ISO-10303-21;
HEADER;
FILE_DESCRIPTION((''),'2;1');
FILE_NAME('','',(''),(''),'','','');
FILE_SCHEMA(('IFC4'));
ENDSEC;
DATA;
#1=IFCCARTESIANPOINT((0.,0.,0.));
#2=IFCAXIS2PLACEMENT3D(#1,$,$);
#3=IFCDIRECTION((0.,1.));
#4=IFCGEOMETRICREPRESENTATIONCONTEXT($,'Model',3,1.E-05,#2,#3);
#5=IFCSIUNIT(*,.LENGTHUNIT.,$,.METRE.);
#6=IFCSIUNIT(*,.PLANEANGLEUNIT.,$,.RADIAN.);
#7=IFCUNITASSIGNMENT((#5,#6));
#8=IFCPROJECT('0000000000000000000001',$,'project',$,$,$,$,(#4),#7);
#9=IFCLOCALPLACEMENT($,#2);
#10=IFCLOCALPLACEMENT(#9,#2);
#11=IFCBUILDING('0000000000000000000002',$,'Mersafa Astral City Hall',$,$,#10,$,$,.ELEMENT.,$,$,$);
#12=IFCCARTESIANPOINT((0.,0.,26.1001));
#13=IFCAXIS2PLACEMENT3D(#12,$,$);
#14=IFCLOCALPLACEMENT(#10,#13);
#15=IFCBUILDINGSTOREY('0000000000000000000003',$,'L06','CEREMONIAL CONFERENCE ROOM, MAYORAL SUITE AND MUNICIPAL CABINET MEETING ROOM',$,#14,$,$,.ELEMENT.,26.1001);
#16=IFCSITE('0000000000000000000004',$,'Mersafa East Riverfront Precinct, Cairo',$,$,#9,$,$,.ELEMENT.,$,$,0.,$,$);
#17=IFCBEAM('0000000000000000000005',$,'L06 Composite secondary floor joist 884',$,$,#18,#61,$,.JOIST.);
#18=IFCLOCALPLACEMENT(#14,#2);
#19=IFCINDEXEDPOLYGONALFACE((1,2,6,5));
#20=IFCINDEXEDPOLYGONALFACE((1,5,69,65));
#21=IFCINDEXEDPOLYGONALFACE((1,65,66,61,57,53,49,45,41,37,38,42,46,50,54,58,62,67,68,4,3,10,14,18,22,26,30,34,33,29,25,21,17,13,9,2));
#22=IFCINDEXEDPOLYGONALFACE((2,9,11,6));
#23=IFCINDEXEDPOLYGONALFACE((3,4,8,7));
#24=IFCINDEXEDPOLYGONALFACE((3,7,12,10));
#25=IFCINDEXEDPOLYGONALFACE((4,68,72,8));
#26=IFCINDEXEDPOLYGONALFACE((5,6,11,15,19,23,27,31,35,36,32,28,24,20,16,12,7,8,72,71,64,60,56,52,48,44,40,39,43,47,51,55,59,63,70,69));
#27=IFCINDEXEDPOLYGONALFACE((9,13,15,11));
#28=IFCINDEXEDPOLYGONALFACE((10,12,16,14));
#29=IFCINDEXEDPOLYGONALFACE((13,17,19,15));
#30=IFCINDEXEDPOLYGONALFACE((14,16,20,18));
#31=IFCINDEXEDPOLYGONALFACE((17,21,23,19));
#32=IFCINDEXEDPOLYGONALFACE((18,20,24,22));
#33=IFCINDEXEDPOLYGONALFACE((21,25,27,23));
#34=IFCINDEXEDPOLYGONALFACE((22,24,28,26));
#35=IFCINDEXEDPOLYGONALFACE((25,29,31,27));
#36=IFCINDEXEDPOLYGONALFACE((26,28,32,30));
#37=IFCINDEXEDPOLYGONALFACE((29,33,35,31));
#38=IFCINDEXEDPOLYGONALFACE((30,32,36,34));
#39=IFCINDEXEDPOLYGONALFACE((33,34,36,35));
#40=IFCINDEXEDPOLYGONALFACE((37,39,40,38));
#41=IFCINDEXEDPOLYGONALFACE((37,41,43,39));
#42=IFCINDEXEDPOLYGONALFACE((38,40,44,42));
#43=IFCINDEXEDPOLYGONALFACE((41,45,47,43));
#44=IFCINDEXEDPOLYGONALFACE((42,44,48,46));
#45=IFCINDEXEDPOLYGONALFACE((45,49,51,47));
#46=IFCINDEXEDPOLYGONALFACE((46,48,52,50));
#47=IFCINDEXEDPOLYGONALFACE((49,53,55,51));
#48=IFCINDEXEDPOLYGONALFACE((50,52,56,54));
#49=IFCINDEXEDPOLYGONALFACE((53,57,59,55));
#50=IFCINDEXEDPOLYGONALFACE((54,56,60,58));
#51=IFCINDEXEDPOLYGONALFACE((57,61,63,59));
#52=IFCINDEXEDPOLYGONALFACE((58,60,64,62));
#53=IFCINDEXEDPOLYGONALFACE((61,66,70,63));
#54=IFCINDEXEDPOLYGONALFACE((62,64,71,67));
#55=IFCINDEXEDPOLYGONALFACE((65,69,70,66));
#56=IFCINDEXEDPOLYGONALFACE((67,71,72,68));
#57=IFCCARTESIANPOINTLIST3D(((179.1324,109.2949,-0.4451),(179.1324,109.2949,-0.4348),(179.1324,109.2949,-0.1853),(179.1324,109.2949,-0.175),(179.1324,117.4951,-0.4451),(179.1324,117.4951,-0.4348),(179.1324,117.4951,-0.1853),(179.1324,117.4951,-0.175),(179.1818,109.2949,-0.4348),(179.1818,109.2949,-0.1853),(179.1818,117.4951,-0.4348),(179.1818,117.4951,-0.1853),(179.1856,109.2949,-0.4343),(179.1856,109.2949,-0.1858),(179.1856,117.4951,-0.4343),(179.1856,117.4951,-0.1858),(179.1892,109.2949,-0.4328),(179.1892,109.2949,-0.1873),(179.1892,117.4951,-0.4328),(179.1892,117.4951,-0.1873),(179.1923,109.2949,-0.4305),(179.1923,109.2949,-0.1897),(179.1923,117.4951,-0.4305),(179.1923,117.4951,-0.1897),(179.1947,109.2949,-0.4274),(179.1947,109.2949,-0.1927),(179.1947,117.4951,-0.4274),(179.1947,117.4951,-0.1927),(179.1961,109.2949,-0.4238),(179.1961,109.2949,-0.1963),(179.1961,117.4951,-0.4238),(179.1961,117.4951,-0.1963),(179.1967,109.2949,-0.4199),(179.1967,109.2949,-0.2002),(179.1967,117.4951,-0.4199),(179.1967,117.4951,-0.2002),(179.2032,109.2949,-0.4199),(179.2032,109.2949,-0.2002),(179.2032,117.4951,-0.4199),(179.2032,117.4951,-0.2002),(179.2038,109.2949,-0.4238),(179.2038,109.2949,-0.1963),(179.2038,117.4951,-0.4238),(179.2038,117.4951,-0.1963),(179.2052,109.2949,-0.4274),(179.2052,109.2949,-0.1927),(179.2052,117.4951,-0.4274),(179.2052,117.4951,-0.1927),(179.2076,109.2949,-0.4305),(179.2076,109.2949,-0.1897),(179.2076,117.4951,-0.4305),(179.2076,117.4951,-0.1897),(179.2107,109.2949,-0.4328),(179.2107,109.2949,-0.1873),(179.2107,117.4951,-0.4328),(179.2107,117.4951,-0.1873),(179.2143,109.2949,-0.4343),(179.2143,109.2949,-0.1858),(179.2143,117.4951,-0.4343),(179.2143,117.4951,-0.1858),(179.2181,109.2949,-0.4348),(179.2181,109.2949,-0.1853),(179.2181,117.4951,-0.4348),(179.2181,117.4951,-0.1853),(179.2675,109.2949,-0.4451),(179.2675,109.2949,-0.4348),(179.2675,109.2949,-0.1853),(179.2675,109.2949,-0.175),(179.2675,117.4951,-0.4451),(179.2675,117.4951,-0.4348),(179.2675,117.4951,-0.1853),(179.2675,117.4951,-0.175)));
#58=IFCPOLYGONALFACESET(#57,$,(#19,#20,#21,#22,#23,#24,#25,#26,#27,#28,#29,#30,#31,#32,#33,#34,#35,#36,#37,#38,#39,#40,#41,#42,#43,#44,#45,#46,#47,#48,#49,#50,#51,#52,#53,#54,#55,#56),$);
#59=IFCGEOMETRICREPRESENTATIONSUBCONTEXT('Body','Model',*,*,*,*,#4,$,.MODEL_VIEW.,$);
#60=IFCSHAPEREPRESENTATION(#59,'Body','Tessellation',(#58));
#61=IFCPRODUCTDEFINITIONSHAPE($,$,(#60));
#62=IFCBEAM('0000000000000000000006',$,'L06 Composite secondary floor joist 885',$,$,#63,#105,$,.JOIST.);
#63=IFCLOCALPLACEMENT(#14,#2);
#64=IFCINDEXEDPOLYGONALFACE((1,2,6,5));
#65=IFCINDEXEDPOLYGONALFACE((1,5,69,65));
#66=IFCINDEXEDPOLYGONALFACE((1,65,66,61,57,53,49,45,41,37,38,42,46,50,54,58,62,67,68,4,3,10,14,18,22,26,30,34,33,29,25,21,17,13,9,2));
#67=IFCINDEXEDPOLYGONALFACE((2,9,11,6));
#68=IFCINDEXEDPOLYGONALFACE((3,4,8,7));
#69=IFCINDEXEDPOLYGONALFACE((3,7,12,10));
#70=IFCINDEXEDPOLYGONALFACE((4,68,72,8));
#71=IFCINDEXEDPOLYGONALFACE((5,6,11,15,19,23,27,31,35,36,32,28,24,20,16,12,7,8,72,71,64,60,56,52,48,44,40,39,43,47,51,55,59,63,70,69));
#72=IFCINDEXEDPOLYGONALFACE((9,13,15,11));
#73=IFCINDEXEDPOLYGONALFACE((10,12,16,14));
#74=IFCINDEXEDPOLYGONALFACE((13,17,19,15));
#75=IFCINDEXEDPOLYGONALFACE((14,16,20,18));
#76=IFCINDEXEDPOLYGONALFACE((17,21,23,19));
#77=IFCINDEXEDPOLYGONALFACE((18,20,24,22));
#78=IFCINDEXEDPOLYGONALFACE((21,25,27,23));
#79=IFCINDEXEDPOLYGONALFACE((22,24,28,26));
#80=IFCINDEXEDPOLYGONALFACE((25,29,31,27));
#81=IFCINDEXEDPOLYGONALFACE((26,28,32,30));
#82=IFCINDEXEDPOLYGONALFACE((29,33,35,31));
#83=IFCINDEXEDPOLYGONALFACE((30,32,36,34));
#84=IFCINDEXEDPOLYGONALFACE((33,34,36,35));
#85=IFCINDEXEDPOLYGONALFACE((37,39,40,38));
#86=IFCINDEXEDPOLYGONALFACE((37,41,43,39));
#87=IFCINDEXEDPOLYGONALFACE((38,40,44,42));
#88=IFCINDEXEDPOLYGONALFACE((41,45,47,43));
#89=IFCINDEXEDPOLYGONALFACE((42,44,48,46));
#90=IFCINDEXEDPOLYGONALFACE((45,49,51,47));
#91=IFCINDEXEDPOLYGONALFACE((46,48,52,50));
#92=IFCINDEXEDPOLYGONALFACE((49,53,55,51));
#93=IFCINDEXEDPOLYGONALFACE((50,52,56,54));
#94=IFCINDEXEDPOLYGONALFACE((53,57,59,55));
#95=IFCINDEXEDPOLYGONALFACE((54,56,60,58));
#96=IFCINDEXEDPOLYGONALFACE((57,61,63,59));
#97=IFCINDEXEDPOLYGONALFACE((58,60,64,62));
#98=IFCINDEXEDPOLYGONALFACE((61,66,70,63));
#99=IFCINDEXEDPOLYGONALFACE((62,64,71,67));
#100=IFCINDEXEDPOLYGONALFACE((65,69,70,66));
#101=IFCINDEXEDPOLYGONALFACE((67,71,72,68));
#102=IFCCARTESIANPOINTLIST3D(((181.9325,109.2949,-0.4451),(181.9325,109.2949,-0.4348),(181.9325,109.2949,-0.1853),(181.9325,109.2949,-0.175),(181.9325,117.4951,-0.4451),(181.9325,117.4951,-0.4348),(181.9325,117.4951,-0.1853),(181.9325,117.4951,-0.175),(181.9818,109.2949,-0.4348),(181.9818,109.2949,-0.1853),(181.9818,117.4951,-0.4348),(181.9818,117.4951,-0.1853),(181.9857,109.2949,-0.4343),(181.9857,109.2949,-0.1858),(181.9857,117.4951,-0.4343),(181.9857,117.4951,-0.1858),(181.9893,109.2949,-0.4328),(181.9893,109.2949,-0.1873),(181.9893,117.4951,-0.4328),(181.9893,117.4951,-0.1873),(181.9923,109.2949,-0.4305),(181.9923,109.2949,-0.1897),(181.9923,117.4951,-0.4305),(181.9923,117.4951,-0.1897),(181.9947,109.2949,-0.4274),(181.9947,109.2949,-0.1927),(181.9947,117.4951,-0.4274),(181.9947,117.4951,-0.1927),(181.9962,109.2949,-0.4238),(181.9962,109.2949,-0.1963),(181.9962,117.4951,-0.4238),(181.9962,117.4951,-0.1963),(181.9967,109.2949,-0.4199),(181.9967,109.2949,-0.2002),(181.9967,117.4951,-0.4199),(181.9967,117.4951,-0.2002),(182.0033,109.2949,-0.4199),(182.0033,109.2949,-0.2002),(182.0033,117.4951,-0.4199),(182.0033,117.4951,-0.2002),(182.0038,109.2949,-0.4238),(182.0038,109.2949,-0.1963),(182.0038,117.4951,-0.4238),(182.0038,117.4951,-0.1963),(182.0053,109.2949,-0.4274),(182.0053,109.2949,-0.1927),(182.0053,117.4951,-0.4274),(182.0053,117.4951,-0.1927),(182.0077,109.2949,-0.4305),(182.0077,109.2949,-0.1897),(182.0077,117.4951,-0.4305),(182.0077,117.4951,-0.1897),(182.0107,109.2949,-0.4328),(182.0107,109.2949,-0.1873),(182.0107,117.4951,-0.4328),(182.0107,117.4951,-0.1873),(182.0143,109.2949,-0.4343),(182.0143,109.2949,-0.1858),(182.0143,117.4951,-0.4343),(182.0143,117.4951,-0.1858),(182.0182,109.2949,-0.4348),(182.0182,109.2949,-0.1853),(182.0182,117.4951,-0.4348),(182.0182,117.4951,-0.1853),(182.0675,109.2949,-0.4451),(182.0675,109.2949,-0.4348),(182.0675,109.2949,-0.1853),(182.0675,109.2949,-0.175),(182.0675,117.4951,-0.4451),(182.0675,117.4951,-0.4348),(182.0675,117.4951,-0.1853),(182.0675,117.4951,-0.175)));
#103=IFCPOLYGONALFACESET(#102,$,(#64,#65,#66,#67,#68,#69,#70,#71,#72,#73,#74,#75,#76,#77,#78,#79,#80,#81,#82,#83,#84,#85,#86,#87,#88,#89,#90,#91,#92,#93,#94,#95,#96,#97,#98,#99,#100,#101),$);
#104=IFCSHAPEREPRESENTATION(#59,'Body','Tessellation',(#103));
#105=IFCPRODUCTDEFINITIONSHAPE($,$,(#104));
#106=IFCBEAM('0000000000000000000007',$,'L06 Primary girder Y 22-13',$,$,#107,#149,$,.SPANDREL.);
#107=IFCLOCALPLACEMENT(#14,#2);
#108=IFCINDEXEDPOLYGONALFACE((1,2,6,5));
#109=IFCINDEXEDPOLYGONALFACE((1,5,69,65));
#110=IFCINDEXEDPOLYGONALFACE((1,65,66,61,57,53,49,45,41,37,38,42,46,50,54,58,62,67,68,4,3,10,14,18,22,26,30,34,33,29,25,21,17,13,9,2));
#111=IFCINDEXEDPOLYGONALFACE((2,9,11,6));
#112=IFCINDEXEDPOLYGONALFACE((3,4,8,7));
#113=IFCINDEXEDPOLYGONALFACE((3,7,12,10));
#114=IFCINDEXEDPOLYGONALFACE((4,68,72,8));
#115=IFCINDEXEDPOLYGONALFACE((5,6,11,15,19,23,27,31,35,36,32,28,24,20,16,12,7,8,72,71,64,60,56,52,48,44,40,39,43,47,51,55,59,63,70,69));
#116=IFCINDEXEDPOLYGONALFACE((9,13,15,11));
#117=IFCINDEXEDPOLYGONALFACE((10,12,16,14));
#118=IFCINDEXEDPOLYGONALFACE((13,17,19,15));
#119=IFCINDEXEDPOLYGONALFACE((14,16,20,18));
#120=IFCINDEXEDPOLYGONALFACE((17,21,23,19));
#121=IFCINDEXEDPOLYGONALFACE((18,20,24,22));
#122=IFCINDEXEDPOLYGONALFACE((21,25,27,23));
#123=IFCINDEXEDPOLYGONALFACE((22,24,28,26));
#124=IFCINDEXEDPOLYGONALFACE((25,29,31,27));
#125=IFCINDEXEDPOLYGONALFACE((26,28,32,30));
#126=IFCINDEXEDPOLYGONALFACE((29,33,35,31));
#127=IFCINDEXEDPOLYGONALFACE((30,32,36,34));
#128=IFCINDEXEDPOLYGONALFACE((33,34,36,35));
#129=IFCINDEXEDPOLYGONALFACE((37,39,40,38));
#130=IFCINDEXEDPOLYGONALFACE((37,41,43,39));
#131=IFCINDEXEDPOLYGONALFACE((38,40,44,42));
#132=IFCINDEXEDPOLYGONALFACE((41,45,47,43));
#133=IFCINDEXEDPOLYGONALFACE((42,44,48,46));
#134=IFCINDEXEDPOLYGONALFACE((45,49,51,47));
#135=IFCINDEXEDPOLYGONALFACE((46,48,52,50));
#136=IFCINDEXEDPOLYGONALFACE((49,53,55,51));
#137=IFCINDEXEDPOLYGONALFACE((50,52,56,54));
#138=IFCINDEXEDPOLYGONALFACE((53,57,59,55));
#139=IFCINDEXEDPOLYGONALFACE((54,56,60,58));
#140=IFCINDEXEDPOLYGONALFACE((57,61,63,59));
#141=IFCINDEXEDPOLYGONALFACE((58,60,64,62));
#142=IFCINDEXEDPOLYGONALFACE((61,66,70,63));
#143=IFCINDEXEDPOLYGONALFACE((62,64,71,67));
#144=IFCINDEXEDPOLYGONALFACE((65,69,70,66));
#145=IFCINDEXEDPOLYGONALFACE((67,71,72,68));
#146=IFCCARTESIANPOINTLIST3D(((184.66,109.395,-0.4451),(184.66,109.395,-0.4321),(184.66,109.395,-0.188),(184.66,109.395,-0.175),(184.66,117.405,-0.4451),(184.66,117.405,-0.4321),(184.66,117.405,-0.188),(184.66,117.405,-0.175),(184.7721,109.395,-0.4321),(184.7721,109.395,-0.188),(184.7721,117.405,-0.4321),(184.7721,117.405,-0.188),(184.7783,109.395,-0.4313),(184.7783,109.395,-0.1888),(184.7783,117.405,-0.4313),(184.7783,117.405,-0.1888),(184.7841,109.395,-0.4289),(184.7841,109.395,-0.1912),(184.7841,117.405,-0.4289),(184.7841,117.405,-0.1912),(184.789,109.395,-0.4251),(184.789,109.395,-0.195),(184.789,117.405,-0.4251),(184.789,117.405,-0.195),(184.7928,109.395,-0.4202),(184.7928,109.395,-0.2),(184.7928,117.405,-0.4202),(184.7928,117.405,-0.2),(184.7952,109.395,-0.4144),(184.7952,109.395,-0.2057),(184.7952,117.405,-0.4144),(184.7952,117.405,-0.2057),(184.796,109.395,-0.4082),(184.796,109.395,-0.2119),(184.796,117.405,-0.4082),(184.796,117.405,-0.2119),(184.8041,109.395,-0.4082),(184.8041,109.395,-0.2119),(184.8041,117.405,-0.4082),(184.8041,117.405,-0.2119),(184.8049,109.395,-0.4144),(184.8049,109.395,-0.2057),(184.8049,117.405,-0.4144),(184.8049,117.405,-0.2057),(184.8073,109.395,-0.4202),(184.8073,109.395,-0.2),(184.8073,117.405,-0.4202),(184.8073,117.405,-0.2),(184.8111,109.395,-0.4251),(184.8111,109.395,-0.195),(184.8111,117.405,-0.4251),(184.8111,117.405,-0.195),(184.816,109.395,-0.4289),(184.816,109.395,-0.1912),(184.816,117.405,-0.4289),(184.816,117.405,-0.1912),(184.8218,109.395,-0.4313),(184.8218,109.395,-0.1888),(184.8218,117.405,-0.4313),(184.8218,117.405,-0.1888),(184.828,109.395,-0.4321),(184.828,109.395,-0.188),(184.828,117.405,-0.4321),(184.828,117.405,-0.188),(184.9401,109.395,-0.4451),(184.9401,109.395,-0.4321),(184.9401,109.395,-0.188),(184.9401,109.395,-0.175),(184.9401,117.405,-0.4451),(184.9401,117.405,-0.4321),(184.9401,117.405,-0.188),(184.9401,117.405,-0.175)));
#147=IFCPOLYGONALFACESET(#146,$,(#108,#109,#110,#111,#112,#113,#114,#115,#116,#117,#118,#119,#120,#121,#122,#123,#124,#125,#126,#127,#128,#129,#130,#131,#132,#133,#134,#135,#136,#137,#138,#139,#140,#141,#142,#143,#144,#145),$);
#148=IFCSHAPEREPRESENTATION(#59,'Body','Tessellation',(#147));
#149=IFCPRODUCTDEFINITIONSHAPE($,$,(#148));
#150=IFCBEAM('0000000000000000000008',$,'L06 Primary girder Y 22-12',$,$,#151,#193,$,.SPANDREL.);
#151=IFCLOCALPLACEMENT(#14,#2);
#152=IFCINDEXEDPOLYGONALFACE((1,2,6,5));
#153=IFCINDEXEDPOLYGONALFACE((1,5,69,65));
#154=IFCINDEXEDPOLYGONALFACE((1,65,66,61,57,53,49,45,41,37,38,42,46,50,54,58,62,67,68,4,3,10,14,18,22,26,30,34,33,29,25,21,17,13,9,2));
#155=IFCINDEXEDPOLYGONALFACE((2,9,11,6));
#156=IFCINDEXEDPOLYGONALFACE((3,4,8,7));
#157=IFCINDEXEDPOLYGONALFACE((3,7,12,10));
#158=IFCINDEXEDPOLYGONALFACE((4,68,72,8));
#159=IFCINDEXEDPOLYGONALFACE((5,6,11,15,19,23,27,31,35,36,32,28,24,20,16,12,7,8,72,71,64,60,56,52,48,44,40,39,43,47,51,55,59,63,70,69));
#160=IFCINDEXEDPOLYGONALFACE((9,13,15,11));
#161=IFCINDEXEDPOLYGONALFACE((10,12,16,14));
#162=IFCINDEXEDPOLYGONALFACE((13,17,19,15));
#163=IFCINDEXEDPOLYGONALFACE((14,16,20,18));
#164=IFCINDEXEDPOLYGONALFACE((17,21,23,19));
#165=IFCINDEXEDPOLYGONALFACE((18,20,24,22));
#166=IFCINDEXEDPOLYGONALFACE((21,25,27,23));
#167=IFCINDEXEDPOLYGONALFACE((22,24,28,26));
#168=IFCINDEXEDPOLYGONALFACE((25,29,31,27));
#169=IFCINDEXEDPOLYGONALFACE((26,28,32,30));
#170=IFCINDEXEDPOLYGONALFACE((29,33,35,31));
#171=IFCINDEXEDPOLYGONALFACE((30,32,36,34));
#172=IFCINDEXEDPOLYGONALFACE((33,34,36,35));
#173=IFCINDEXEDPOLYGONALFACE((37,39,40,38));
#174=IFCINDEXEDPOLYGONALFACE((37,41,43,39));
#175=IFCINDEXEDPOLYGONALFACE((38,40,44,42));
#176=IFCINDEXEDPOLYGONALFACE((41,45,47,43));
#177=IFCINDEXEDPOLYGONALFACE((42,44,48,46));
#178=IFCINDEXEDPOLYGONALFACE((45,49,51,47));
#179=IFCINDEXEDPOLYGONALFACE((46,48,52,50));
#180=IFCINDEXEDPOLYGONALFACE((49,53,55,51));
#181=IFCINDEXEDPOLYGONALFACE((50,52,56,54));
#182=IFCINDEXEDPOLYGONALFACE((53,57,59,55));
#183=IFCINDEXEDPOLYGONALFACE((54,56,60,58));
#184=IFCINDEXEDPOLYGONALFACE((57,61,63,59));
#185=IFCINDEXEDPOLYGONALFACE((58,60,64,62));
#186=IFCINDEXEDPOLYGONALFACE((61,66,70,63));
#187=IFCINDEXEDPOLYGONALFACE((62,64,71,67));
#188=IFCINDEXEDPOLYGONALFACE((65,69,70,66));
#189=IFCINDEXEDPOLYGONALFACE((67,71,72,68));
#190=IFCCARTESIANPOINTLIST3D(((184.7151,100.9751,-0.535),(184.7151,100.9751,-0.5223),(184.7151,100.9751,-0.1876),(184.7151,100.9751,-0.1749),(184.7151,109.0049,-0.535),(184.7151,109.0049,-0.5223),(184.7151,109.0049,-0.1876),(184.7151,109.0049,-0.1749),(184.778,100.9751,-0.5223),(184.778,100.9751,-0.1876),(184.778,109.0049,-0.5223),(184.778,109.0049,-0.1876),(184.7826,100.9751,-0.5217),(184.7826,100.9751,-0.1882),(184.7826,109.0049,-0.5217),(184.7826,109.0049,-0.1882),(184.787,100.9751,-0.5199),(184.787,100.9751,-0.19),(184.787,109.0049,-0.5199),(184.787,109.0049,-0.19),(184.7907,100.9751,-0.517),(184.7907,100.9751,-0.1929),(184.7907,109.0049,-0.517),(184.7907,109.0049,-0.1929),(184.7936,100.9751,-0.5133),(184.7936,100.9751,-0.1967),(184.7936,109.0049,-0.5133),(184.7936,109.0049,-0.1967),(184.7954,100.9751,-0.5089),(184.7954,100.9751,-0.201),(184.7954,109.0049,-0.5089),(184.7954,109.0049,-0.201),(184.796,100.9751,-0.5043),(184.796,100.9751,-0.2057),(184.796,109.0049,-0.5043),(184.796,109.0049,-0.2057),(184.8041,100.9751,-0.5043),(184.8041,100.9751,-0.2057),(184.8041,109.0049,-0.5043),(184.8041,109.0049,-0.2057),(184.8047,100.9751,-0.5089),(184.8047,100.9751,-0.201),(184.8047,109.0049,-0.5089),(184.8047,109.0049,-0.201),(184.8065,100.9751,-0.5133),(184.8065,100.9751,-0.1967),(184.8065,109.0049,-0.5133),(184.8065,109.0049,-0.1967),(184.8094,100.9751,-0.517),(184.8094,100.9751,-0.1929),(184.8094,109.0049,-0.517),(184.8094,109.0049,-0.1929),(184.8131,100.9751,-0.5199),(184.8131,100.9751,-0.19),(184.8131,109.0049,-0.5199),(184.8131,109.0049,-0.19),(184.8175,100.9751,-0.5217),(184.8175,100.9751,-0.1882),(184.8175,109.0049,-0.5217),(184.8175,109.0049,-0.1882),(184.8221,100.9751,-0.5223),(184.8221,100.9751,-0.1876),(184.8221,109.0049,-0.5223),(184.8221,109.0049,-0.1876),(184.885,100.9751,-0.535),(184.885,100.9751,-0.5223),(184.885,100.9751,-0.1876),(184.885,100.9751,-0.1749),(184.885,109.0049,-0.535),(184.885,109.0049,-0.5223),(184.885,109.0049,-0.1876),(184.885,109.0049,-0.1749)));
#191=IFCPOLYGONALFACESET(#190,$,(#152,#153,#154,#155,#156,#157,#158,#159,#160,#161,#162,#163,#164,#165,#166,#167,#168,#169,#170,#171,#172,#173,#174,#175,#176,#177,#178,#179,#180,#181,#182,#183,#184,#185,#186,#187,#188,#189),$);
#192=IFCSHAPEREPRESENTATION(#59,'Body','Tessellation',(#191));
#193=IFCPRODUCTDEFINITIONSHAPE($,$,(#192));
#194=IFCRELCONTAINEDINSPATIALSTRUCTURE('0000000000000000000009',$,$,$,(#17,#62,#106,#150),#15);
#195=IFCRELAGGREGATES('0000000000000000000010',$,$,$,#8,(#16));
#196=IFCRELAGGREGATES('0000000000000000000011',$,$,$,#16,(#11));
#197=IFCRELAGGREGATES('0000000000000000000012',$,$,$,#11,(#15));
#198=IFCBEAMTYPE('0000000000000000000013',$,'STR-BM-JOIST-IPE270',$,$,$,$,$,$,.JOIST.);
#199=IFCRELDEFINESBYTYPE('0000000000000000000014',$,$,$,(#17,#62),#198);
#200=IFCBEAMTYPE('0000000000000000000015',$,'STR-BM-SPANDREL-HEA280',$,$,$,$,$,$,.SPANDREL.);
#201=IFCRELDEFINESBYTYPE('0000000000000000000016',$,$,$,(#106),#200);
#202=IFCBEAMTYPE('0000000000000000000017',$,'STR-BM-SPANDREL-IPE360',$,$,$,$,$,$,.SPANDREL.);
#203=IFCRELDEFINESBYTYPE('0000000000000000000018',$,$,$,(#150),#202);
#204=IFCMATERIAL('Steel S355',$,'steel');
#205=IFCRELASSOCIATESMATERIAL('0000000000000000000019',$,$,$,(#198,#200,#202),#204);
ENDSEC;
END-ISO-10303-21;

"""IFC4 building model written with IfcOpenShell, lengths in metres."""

from ifc_helpers import new_model, si_unit, direction, frame, origin, origin_2d, place, context, subcontext, project, spatial, i_section, extrude, material, material_profile, profile_set, type_object, element, save


model = new_model("IFC4")

# Units and contexts
model_context = context("Model", 3, precision=1e-05, world=origin(), true_north=direction((0.0, 1.0)))
body_context = subcontext(model_context, "Body", "Model", "MODEL_VIEW")
ifc_project = project(units=[si_unit("LENGTHUNIT", "METRE"), si_unit("PLANEANGLEUNIT", "RADIAN")], contexts=[model_context])

# Site, building, storey
site_placement = place(None, origin())
site = spatial("IfcSite", under=ifc_project, at=site_placement, Name="Mersafa East Riverfront Precinct, Cairo", CompositionType="ELEMENT", RefElevation=0.0)
building_placement = place(site_placement, origin())
building = spatial("IfcBuilding", under=site, at=building_placement, Name="Mersafa Astral City Hall", CompositionType="ELEMENT")
storey_placement = place(building_placement, frame((0.0, 0.0, 26.1001)))
storey = spatial("IfcBuildingStorey", under=building, at=storey_placement, Name="L06", Description="CEREMONIAL CONFERENCE ROOM, MAYORAL SUITE AND MUNICIPAL CABINET MEETING ROOM", CompositionType="ELEMENT", Elevation=26.1001)

# Shared definitions
ifc_material_1 = material(Name="Steel S355", Category="steel")

# Beams
ifc_material_profile_1 = material_profile(ifc_material_1, i_section(OverallWidth=0.135, OverallDepth=0.27, WebThickness=0.0066, FlangeThickness=0.0103, FilletRadius=0.0149, at=origin_2d()), Name="IPE 270")
ifc_profile_set_1 = profile_set([ifc_material_profile_1], Name="Steel S355")
beam_type_1 = type_object("IfcBeamType", Name="STR-BM-JOIST-IPE270", PredefinedType="JOIST", material=ifc_profile_set_1)
for number, where, z_axis, x_axis, name in (
    (1, (179.2, 109.2949, -0.3101), (0.0, 1.0, 0.0), (-1.0, 0.0, 0.0), "L06 Composite secondary floor joist 884"),
    (2, (182.0, 109.2949, -0.3101), (0.0, 1.0, 0.0), (-1.0, 0.0, 0.0), "L06 Composite secondary floor joist 885"),
):
    element("IfcBeam", number, at=place(storey_placement, frame(where, z_axis=z_axis, x_axis=x_axis)), inside=storey, type_object=beam_type_1, Name=name, PredefinedType="JOIST", context=body_context, shape_type="SweptSolid", body=[
        extrude(i_section(OverallWidth=0.135, OverallDepth=0.27, WebThickness=0.0066, FlangeThickness=0.0103, FilletRadius=0.0149, at=origin_2d()), origin(), (0.0, 0.0, 1.0), 8.2002),
    ])
ifc_material_profile_2 = material_profile(ifc_material_1, i_section(OverallWidth=0.28, OverallDepth=0.27, WebThickness=0.0081, FlangeThickness=0.0129, FilletRadius=0.0239, at=origin_2d()), Name="HEA 280")
ifc_profile_set_2 = profile_set([ifc_material_profile_2], Name="Steel S355")
beam_type_2 = type_object("IfcBeamType", Name="STR-BM-SPANDREL-HEA280", PredefinedType="SPANDREL", material=ifc_profile_set_2)
beam_1_placement = place(storey_placement, frame((184.8, 109.395, -0.3101), z_axis=(0.0, 1.0, 0.0), x_axis=(-1.0, 0.0, 0.0)))
element("IfcBeam", 3, at=beam_1_placement, inside=storey, type_object=beam_type_2, Name="L06 Primary girder Y 22-13", PredefinedType="SPANDREL", context=body_context, shape_type="SweptSolid", body=[
    extrude(i_section(OverallWidth=0.28, OverallDepth=0.27, WebThickness=0.0081, FlangeThickness=0.0129, FilletRadius=0.0239, at=origin_2d()), origin(), (0.0, 0.0, 1.0), 8.01),
])
ifc_material_profile_3 = material_profile(ifc_material_1, i_section(OverallWidth=0.1699, OverallDepth=0.3601, WebThickness=0.0081, FlangeThickness=0.0127, FilletRadius=0.0181, at=origin_2d()), Name="IPE 360")
ifc_profile_set_3 = profile_set([ifc_material_profile_3], Name="Steel S355")
beam_type_3 = type_object("IfcBeamType", Name="STR-BM-SPANDREL-IPE360", PredefinedType="SPANDREL", material=ifc_profile_set_3)
beam_2_placement = place(storey_placement, frame((184.8, 100.9751, -0.355), z_axis=(0.0, 1.0, 0.0), x_axis=(-1.0, 0.0, 0.0)))
element("IfcBeam", 4, at=beam_2_placement, inside=storey, type_object=beam_type_3, Name="L06 Primary girder Y 22-12", PredefinedType="SPANDREL", context=body_context, shape_type="SweptSolid", body=[
    extrude(i_section(OverallWidth=0.1699, OverallDepth=0.3601, WebThickness=0.0081, FlangeThickness=0.0127, FilletRadius=0.0181, at=origin_2d()), origin(), (0.0, 0.0, 1.0), 8.0298),
])

save(model, "model.ifc")
